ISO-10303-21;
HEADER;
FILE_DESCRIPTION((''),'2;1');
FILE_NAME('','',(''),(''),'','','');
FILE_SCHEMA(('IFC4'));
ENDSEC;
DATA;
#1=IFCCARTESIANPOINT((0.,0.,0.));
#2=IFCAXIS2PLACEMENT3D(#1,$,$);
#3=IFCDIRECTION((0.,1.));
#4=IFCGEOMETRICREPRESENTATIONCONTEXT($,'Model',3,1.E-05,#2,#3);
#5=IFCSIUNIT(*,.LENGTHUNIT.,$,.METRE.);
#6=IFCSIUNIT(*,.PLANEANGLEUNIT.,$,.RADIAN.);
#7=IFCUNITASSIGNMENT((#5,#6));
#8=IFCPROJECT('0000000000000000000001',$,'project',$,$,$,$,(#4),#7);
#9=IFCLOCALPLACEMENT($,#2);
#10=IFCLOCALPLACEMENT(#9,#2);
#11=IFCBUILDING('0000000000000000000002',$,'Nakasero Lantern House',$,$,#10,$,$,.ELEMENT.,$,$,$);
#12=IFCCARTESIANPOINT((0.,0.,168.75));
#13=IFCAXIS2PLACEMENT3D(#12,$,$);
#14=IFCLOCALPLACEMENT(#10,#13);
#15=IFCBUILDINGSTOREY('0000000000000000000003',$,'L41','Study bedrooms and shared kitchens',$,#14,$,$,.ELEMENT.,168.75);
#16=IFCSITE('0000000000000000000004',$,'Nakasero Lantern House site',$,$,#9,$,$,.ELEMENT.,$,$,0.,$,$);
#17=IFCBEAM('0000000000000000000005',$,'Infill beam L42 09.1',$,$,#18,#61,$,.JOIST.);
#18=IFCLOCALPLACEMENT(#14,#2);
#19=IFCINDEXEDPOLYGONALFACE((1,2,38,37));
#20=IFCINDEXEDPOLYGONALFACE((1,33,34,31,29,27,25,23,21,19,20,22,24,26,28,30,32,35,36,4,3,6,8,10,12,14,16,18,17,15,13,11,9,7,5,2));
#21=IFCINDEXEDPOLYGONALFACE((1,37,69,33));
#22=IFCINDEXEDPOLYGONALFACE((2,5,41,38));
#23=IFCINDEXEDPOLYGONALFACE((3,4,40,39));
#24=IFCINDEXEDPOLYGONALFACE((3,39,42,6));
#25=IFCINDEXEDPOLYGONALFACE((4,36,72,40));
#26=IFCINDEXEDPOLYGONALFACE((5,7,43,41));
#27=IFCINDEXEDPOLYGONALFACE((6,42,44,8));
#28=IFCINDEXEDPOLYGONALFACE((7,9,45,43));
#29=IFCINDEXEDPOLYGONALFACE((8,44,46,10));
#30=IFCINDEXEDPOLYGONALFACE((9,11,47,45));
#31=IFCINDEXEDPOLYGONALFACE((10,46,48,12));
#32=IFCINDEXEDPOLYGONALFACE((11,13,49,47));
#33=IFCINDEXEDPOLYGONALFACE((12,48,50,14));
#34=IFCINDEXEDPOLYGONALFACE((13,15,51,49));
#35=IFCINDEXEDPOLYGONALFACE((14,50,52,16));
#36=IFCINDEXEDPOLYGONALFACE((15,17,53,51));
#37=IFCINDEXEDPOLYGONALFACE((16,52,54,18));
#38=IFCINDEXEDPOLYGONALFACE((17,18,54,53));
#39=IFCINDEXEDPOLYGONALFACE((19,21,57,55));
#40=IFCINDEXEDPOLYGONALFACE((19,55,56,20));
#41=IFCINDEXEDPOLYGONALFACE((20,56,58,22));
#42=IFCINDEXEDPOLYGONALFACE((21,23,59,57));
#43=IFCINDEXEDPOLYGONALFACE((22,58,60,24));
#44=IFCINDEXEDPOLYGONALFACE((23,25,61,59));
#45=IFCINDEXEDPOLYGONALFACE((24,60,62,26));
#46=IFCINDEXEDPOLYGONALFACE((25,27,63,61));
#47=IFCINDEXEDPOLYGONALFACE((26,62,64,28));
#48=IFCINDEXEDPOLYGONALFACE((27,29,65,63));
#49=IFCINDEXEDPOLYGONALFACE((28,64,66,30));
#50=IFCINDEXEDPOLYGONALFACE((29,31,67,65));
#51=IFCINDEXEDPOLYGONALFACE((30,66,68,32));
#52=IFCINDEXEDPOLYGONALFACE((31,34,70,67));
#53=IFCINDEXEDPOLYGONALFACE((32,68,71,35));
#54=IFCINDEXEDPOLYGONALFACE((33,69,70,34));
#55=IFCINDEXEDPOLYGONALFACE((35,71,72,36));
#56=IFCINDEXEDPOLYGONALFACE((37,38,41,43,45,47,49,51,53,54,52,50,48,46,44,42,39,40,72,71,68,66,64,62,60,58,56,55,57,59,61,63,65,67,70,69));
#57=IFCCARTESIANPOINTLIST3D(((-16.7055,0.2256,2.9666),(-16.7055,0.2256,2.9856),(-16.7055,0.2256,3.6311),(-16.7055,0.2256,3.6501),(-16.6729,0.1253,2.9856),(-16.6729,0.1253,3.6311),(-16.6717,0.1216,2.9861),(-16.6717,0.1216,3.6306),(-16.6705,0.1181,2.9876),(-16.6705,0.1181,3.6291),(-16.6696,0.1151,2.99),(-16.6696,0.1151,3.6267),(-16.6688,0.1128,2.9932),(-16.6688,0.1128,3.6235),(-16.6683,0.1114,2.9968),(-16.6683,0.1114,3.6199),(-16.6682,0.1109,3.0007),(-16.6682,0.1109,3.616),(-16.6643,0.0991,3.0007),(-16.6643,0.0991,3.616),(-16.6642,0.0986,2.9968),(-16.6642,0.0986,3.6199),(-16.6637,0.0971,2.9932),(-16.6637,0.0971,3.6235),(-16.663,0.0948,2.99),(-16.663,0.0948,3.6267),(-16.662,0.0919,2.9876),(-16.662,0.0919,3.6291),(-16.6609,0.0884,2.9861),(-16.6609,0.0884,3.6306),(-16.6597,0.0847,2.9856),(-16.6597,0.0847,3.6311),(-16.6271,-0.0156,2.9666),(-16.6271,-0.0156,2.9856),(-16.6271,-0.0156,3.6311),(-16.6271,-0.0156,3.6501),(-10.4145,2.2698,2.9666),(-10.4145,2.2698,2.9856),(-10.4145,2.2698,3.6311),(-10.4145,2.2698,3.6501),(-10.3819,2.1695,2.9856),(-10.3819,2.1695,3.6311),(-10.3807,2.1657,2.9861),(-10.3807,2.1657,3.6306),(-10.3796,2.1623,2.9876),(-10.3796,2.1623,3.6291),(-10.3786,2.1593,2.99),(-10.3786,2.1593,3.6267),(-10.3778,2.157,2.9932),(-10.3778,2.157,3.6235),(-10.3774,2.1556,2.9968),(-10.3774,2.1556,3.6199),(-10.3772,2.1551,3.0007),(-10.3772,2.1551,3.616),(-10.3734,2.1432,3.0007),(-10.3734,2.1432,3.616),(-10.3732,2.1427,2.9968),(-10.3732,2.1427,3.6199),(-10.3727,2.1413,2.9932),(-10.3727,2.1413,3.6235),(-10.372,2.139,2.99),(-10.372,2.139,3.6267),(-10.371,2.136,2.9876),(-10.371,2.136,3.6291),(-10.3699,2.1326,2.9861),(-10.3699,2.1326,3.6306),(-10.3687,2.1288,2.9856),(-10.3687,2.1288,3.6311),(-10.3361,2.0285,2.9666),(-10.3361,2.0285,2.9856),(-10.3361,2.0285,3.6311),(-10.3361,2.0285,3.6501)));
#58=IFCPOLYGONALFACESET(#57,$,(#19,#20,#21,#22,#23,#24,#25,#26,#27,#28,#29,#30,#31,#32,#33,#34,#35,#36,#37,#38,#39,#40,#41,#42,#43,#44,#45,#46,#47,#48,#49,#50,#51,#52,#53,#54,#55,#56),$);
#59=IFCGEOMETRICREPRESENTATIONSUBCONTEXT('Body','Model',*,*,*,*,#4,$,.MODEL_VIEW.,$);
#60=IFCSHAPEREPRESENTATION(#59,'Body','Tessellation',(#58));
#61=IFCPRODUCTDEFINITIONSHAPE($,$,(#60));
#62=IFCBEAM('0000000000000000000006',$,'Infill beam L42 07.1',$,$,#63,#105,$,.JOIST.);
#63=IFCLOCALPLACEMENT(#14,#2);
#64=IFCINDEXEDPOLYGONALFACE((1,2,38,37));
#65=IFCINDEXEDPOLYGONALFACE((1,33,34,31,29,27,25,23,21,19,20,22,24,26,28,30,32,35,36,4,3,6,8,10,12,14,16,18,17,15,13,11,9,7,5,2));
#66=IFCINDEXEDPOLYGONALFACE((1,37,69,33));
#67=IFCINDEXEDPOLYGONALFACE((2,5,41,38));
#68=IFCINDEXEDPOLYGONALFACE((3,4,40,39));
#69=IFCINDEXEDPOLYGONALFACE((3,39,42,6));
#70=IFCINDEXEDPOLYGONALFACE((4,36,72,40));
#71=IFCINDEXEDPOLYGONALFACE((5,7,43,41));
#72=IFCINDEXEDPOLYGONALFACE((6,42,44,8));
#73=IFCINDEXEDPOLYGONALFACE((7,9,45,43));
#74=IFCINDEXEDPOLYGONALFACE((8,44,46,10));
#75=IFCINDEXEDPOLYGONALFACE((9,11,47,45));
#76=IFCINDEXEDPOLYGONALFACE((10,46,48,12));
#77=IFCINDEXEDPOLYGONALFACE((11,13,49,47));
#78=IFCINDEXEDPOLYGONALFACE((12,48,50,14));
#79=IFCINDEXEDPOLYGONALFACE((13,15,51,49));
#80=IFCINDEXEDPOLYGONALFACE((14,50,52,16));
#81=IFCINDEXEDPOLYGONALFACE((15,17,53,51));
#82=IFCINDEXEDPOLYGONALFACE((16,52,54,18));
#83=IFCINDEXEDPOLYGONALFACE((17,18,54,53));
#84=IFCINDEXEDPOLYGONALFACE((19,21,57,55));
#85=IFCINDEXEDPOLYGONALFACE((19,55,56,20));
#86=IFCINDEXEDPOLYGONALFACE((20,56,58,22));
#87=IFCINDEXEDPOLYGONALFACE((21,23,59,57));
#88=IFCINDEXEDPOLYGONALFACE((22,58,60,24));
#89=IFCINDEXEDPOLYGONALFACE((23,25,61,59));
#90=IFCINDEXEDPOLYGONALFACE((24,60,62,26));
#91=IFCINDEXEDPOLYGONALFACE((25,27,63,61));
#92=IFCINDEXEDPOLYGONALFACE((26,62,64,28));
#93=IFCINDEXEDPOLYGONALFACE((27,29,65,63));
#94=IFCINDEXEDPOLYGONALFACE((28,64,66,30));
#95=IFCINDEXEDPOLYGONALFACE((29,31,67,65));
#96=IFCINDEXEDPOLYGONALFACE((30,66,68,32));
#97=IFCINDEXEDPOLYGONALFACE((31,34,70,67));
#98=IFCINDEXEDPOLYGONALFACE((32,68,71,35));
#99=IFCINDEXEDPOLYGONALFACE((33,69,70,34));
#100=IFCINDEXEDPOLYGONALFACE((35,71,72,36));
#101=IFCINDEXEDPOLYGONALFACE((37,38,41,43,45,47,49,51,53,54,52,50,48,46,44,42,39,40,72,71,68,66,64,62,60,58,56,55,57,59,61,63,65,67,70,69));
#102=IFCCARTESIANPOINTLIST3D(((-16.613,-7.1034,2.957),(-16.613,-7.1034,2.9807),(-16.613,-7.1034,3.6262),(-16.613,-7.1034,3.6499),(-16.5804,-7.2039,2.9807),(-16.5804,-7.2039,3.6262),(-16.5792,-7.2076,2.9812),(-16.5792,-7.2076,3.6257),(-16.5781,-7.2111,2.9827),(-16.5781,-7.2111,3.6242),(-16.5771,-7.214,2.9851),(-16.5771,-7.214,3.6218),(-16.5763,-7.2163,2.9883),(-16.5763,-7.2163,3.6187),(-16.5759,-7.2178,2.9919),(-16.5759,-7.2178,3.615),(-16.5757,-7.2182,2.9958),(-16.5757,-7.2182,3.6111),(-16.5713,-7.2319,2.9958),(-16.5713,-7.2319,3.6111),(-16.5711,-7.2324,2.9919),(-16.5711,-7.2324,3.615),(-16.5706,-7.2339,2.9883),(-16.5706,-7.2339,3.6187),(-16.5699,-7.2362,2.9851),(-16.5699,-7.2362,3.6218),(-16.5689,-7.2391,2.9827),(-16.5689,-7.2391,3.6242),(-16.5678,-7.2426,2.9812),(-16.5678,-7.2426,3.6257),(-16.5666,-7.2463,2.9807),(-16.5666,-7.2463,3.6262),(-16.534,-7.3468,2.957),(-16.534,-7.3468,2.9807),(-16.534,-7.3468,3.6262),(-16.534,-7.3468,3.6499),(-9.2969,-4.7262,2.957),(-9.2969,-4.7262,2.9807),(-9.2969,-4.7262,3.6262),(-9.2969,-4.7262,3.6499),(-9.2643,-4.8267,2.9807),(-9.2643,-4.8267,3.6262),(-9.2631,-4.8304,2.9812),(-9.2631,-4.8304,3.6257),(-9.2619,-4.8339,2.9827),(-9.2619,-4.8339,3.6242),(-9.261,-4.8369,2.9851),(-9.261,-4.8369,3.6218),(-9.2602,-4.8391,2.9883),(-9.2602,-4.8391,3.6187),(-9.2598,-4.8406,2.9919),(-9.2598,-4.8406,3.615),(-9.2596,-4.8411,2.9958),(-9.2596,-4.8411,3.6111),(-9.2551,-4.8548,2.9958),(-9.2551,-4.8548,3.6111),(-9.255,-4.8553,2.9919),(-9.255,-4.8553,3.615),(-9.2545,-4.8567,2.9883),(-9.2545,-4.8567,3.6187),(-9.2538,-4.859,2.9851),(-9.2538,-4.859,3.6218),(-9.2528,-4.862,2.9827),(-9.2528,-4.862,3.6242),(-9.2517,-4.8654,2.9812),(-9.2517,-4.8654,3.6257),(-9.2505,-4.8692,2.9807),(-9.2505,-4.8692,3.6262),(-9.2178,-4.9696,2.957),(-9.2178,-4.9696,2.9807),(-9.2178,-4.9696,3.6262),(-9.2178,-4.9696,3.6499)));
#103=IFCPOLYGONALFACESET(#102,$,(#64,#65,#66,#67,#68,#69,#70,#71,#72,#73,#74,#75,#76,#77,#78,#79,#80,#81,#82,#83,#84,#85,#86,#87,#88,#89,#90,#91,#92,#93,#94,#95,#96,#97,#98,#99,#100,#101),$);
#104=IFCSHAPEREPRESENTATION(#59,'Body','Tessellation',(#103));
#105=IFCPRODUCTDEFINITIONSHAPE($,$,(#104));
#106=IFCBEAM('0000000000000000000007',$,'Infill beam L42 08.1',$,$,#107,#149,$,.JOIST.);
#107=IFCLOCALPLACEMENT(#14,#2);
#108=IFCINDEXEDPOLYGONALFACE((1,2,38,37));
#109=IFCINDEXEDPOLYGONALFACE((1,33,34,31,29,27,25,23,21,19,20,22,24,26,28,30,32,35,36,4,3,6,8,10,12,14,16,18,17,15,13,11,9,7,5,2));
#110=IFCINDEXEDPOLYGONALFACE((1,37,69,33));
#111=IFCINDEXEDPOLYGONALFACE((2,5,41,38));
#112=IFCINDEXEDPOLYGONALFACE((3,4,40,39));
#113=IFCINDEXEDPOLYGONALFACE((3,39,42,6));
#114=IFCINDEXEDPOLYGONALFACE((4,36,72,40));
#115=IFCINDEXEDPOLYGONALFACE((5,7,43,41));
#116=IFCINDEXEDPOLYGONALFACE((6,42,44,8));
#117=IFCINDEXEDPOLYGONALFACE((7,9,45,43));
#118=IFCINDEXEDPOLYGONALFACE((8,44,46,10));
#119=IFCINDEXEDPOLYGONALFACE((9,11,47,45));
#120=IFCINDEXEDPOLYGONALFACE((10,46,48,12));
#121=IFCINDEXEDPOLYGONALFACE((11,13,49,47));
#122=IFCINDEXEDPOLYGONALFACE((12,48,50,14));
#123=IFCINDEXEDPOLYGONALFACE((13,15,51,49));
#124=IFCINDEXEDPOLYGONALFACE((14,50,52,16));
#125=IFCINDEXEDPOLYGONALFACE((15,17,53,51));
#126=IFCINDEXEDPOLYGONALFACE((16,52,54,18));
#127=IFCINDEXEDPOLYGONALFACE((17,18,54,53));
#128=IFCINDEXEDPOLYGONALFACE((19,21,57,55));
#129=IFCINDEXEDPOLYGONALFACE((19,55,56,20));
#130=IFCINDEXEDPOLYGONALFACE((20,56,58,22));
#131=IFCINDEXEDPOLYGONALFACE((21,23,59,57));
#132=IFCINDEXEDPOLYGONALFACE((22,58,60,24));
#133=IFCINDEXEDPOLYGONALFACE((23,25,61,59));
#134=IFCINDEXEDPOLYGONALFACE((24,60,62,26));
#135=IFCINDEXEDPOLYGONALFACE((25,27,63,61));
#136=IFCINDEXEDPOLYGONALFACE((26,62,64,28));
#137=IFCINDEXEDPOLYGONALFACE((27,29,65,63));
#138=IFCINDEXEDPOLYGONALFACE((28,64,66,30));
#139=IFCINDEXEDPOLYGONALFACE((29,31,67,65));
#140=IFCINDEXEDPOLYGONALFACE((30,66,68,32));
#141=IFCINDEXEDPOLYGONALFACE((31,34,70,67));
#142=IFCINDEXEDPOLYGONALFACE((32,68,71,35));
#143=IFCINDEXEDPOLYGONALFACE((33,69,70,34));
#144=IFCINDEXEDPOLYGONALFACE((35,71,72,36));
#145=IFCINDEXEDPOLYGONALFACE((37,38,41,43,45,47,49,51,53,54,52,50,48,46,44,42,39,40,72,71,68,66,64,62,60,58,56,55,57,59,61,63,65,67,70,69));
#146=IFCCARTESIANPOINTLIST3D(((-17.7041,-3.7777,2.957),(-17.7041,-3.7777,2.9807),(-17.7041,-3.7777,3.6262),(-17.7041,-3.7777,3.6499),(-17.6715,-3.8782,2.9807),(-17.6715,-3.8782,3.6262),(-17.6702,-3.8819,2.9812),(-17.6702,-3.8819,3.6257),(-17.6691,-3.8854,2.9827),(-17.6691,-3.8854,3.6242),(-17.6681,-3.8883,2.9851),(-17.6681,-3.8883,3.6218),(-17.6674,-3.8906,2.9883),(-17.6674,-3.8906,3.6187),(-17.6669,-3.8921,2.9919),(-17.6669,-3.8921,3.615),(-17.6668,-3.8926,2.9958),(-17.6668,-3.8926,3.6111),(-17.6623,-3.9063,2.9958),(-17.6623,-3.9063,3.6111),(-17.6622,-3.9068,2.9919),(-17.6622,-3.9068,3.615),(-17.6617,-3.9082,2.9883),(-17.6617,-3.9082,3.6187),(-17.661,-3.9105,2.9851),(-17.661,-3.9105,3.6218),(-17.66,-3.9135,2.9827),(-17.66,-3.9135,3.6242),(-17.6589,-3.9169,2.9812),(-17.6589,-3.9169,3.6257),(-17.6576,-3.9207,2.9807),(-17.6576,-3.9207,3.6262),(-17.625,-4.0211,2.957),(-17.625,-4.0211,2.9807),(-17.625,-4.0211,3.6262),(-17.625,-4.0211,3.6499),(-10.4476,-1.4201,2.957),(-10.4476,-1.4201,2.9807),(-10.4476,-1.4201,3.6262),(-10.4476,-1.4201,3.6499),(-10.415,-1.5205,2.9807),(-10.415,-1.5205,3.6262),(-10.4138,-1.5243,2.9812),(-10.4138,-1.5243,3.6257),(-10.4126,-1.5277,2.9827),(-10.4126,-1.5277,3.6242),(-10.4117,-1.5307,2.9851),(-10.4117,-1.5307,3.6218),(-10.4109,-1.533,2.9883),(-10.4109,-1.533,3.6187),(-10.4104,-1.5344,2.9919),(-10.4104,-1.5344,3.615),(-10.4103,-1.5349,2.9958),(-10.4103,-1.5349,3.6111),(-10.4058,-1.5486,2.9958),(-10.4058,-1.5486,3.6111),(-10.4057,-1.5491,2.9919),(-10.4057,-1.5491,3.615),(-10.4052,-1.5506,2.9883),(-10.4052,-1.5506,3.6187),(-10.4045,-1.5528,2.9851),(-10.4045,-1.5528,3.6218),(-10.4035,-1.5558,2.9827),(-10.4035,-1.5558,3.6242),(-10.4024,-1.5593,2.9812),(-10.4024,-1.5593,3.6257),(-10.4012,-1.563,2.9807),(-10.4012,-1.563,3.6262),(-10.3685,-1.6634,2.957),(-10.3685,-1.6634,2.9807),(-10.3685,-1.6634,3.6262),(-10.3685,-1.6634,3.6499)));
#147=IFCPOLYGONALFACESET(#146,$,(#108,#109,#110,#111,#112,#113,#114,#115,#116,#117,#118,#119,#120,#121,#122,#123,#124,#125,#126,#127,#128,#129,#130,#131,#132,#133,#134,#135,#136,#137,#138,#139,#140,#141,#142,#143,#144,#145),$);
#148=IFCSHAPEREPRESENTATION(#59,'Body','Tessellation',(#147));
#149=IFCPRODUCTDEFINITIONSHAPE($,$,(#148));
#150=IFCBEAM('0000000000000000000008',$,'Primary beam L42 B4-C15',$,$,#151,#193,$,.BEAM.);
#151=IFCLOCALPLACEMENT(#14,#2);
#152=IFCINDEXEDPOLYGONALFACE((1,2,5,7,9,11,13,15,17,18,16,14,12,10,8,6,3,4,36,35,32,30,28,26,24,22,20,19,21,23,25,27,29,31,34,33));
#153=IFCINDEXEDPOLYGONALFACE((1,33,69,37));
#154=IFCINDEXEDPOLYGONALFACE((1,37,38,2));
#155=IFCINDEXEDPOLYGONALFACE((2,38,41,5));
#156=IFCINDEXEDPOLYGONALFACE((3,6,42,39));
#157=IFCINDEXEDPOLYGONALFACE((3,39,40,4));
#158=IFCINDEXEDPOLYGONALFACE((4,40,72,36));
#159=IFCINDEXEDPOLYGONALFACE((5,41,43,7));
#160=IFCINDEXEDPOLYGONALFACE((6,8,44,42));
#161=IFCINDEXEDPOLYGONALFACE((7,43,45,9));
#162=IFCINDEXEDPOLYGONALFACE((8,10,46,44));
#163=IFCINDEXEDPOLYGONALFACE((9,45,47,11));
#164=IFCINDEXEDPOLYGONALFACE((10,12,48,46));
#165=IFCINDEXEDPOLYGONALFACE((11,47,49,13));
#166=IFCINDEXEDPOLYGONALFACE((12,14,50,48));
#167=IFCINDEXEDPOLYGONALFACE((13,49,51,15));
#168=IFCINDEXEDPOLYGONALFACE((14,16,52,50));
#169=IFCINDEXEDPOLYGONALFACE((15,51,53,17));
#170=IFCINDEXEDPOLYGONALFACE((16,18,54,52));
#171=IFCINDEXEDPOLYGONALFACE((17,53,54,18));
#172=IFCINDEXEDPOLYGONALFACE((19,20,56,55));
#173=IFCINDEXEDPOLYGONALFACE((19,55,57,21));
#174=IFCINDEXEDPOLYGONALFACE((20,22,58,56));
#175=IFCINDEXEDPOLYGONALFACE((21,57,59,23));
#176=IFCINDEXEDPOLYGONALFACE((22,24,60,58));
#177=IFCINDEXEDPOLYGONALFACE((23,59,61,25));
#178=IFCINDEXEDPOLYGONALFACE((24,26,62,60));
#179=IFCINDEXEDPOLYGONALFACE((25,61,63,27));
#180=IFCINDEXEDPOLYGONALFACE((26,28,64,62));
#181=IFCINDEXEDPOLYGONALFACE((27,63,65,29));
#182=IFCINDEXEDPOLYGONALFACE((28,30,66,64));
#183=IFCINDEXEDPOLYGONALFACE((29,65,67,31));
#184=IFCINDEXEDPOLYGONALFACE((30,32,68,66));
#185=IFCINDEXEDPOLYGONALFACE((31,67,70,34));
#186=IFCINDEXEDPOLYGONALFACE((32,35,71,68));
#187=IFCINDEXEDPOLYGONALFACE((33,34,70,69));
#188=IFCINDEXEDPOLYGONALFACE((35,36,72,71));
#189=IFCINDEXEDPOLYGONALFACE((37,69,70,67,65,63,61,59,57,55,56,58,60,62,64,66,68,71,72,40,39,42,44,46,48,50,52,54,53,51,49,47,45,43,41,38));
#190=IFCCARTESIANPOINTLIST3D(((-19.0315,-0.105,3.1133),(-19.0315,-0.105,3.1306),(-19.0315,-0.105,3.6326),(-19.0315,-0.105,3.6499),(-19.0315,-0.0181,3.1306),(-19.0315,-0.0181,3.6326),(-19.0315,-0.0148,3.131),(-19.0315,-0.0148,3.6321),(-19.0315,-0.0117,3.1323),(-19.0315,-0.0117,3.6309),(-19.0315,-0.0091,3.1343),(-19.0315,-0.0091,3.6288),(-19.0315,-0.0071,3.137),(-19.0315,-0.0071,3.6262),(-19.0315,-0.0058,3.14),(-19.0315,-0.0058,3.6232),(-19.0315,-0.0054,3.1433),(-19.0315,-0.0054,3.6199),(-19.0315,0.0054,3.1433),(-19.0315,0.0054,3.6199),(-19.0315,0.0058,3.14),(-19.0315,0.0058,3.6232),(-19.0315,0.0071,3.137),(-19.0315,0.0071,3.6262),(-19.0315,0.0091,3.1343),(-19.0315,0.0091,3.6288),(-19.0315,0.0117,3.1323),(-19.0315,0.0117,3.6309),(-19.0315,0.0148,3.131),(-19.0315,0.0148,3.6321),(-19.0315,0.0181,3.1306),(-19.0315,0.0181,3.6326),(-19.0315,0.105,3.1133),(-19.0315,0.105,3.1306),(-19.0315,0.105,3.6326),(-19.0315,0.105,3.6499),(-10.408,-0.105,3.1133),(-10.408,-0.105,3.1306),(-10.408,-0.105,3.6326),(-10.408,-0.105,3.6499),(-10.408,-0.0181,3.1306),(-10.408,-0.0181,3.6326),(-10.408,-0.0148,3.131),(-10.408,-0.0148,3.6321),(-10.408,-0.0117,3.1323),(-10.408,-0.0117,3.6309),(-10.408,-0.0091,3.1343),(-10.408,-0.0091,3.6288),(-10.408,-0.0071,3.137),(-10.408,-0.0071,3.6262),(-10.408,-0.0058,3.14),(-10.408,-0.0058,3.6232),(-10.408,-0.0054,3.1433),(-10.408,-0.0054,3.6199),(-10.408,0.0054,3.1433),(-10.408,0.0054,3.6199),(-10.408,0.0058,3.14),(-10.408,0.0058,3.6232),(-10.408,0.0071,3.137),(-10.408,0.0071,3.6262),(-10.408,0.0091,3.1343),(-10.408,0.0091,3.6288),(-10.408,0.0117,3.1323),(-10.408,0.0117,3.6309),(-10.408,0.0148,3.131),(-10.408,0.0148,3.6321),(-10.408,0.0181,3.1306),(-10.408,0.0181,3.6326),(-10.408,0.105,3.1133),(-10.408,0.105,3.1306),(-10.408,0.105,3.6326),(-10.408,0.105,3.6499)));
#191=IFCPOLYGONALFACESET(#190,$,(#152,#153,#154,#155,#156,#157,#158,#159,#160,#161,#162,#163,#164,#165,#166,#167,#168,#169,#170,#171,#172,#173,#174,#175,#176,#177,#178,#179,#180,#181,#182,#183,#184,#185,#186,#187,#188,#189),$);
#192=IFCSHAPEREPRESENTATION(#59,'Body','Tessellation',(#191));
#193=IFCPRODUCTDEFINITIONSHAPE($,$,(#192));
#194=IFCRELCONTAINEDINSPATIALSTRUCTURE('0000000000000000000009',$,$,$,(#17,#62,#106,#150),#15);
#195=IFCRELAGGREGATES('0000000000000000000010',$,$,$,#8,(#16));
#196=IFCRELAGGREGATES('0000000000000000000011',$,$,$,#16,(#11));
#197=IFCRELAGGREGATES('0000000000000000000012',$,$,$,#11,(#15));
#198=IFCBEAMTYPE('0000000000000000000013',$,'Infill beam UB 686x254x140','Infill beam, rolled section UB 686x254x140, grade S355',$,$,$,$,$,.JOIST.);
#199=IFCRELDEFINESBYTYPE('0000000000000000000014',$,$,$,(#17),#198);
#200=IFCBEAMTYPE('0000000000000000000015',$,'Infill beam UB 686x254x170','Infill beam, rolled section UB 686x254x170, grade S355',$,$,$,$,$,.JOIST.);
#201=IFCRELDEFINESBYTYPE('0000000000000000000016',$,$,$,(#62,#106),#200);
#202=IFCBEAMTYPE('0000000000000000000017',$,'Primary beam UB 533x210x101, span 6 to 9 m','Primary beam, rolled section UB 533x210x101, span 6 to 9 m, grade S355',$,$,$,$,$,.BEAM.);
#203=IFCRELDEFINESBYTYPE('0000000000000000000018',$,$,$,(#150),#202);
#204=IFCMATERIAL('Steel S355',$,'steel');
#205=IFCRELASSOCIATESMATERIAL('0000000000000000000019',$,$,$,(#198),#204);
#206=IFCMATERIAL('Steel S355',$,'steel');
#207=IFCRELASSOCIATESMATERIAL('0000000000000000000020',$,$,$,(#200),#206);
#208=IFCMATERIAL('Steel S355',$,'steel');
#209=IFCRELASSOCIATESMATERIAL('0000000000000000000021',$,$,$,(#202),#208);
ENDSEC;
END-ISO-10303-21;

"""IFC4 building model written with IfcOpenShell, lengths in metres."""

from ifc_helpers import new_model, si_unit, direction, frame, origin, origin_2d, place, context, subcontext, project, spatial, i_section, extrude, material, material_profile, profile_set, type_object, element, save


model = new_model("IFC4")

# Units and contexts
model_context = context("Model", 3, precision=1e-05, world=origin(), true_north=direction((0.0, 1.0)))
body_context = subcontext(model_context, "Body", "Model", "MODEL_VIEW")
ifc_project = project(units=[si_unit("LENGTHUNIT", "METRE"), si_unit("PLANEANGLEUNIT", "RADIAN")], contexts=[model_context])

# Site, building, storey
site_placement = place(None, origin())
site = spatial("IfcSite", under=ifc_project, at=site_placement, Name="Nakasero Lantern House site", CompositionType="ELEMENT", RefElevation=0.0)
building_placement = place(site_placement, origin())
building = spatial("IfcBuilding", under=site, at=building_placement, Name="Nakasero Lantern House", CompositionType="ELEMENT")
storey_placement = place(building_placement, frame((0.0, 0.0, 168.75)))
storey = spatial("IfcBuildingStorey", under=building, at=storey_placement, Name="L41", Description="Study bedrooms and shared kitchens", CompositionType="ELEMENT", Elevation=168.75)

# Beams
ifc_material_1 = material(Name="Steel S355", Category="steel")
ifc_material_profile_1 = material_profile(ifc_material_1, i_section(OverallWidth=0.2537, OverallDepth=0.6836, WebThickness=0.0125, FlangeThickness=0.019, FilletRadius=0.0151, at=origin_2d()), Name="UB 686x254x140")
ifc_profile_set_1 = profile_set([ifc_material_profile_1], Name="Steel S355")
beam_type_1 = type_object("IfcBeamType", Name="Infill beam UB 686x254x140", Description="Infill beam, rolled section UB 686x254x140, grade S355", PredefinedType="JOIST", material=ifc_profile_set_1)
beam_1_placement = place(storey_placement, frame((-16.6663, 0.105, 3.3083), z_axis=(0.951051, 0.309033, 0.0), x_axis=(-0.309033, 0.951051, 0.0)))
element("IfcBeam", 1, at=beam_1_placement, inside=storey, type_object=beam_type_1, Name="Infill beam L42 09.1", PredefinedType="JOIST", context=body_context, shape_type="SweptSolid", body=[
    extrude(i_section(OverallWidth=0.2537, OverallDepth=0.6836, WebThickness=0.0125, FlangeThickness=0.019, FilletRadius=0.0151, at=origin_2d()), origin(), (0.0, 0.0, 1.0), 6.6147),
])
ifc_material_2 = material(Name="Steel S355", Category="steel")
ifc_material_profile_2 = material_profile(ifc_material_2, i_section(OverallWidth=0.2559, OverallDepth=0.6929, WebThickness=0.0144, FlangeThickness=0.0237, FilletRadius=0.0151, at=origin_2d()), Name="UB 686x254x170")
ifc_profile_set_2 = profile_set([ifc_material_profile_2], Name="Steel S355")
beam_type_2 = type_object("IfcBeamType", Name="Infill beam UB 686x254x170", Description="Infill beam, rolled section UB 686x254x170, grade S355", PredefinedType="JOIST", material=ifc_profile_set_2)
beam_2_placement = place(storey_placement, frame((-16.5735, -7.2251, 3.3035), z_axis=(0.951055, 0.309021, 0.0), x_axis=(-0.309021, 0.951055, 0.0)))
element("IfcBeam", 2, at=beam_2_placement, inside=storey, type_object=beam_type_2, Name="Infill beam L42 07.1", PredefinedType="JOIST", context=body_context, shape_type="SweptSolid", body=[
    extrude(i_section(OverallWidth=0.2559, OverallDepth=0.6929, WebThickness=0.0144, FlangeThickness=0.0237, FilletRadius=0.0151, at=origin_2d()), origin(), (0.0, 0.0, 1.0), 7.6926),
])
beam_3_placement = place(storey_placement, frame((-17.6646, -3.8994, 3.3035), z_axis=(0.951062, 0.309, 0.0), x_axis=(-0.309, 0.951062, 0.0)))
element("IfcBeam", 3, at=beam_3_placement, inside=storey, type_object=beam_type_2, Name="Infill beam L42 08.1", PredefinedType="JOIST", context=body_context, shape_type="SweptSolid", body=[
    extrude(i_section(OverallWidth=0.2559, OverallDepth=0.6929, WebThickness=0.0144, FlangeThickness=0.0237, FilletRadius=0.0151, at=origin_2d()), origin(), (0.0, 0.0, 1.0), 7.6299),
])
ifc_material_3 = material(Name="Steel S355", Category="steel")
ifc_material_profile_3 = material_profile(ifc_material_3, i_section(OverallWidth=0.21, OverallDepth=0.5366, WebThickness=0.0107, FlangeThickness=0.0173, FilletRadius=0.0127, at=origin_2d()), Name="UB 533x210x101")
ifc_profile_set_3 = profile_set([ifc_material_profile_3], Name="Steel S355")
beam_type_3 = type_object("IfcBeamType", Name="Primary beam UB 533x210x101, span 6 to 9 m", Description="Primary beam, rolled section UB 533x210x101, span 6 to 9 m, grade S355", PredefinedType="BEAM", material=ifc_profile_set_3)
beam_4_placement = place(storey_placement, frame((-19.0315, 0.0, 3.3816), z_axis=(1.0, 0.0, 0.0), x_axis=(0.0, 1.0, 0.0)))
element("IfcBeam", 4, at=beam_4_placement, inside=storey, type_object=beam_type_3, Name="Primary beam L42 B4-C15", PredefinedType="BEAM", context=body_context, shape_type="SweptSolid", body=[
    extrude(i_section(OverallWidth=0.21, OverallDepth=0.5366, WebThickness=0.0107, FlangeThickness=0.0173, FilletRadius=0.0127, at=origin_2d()), origin(), (0.0, 0.0, 1.0), 8.6235),
])

save(model, "model.ifc")
